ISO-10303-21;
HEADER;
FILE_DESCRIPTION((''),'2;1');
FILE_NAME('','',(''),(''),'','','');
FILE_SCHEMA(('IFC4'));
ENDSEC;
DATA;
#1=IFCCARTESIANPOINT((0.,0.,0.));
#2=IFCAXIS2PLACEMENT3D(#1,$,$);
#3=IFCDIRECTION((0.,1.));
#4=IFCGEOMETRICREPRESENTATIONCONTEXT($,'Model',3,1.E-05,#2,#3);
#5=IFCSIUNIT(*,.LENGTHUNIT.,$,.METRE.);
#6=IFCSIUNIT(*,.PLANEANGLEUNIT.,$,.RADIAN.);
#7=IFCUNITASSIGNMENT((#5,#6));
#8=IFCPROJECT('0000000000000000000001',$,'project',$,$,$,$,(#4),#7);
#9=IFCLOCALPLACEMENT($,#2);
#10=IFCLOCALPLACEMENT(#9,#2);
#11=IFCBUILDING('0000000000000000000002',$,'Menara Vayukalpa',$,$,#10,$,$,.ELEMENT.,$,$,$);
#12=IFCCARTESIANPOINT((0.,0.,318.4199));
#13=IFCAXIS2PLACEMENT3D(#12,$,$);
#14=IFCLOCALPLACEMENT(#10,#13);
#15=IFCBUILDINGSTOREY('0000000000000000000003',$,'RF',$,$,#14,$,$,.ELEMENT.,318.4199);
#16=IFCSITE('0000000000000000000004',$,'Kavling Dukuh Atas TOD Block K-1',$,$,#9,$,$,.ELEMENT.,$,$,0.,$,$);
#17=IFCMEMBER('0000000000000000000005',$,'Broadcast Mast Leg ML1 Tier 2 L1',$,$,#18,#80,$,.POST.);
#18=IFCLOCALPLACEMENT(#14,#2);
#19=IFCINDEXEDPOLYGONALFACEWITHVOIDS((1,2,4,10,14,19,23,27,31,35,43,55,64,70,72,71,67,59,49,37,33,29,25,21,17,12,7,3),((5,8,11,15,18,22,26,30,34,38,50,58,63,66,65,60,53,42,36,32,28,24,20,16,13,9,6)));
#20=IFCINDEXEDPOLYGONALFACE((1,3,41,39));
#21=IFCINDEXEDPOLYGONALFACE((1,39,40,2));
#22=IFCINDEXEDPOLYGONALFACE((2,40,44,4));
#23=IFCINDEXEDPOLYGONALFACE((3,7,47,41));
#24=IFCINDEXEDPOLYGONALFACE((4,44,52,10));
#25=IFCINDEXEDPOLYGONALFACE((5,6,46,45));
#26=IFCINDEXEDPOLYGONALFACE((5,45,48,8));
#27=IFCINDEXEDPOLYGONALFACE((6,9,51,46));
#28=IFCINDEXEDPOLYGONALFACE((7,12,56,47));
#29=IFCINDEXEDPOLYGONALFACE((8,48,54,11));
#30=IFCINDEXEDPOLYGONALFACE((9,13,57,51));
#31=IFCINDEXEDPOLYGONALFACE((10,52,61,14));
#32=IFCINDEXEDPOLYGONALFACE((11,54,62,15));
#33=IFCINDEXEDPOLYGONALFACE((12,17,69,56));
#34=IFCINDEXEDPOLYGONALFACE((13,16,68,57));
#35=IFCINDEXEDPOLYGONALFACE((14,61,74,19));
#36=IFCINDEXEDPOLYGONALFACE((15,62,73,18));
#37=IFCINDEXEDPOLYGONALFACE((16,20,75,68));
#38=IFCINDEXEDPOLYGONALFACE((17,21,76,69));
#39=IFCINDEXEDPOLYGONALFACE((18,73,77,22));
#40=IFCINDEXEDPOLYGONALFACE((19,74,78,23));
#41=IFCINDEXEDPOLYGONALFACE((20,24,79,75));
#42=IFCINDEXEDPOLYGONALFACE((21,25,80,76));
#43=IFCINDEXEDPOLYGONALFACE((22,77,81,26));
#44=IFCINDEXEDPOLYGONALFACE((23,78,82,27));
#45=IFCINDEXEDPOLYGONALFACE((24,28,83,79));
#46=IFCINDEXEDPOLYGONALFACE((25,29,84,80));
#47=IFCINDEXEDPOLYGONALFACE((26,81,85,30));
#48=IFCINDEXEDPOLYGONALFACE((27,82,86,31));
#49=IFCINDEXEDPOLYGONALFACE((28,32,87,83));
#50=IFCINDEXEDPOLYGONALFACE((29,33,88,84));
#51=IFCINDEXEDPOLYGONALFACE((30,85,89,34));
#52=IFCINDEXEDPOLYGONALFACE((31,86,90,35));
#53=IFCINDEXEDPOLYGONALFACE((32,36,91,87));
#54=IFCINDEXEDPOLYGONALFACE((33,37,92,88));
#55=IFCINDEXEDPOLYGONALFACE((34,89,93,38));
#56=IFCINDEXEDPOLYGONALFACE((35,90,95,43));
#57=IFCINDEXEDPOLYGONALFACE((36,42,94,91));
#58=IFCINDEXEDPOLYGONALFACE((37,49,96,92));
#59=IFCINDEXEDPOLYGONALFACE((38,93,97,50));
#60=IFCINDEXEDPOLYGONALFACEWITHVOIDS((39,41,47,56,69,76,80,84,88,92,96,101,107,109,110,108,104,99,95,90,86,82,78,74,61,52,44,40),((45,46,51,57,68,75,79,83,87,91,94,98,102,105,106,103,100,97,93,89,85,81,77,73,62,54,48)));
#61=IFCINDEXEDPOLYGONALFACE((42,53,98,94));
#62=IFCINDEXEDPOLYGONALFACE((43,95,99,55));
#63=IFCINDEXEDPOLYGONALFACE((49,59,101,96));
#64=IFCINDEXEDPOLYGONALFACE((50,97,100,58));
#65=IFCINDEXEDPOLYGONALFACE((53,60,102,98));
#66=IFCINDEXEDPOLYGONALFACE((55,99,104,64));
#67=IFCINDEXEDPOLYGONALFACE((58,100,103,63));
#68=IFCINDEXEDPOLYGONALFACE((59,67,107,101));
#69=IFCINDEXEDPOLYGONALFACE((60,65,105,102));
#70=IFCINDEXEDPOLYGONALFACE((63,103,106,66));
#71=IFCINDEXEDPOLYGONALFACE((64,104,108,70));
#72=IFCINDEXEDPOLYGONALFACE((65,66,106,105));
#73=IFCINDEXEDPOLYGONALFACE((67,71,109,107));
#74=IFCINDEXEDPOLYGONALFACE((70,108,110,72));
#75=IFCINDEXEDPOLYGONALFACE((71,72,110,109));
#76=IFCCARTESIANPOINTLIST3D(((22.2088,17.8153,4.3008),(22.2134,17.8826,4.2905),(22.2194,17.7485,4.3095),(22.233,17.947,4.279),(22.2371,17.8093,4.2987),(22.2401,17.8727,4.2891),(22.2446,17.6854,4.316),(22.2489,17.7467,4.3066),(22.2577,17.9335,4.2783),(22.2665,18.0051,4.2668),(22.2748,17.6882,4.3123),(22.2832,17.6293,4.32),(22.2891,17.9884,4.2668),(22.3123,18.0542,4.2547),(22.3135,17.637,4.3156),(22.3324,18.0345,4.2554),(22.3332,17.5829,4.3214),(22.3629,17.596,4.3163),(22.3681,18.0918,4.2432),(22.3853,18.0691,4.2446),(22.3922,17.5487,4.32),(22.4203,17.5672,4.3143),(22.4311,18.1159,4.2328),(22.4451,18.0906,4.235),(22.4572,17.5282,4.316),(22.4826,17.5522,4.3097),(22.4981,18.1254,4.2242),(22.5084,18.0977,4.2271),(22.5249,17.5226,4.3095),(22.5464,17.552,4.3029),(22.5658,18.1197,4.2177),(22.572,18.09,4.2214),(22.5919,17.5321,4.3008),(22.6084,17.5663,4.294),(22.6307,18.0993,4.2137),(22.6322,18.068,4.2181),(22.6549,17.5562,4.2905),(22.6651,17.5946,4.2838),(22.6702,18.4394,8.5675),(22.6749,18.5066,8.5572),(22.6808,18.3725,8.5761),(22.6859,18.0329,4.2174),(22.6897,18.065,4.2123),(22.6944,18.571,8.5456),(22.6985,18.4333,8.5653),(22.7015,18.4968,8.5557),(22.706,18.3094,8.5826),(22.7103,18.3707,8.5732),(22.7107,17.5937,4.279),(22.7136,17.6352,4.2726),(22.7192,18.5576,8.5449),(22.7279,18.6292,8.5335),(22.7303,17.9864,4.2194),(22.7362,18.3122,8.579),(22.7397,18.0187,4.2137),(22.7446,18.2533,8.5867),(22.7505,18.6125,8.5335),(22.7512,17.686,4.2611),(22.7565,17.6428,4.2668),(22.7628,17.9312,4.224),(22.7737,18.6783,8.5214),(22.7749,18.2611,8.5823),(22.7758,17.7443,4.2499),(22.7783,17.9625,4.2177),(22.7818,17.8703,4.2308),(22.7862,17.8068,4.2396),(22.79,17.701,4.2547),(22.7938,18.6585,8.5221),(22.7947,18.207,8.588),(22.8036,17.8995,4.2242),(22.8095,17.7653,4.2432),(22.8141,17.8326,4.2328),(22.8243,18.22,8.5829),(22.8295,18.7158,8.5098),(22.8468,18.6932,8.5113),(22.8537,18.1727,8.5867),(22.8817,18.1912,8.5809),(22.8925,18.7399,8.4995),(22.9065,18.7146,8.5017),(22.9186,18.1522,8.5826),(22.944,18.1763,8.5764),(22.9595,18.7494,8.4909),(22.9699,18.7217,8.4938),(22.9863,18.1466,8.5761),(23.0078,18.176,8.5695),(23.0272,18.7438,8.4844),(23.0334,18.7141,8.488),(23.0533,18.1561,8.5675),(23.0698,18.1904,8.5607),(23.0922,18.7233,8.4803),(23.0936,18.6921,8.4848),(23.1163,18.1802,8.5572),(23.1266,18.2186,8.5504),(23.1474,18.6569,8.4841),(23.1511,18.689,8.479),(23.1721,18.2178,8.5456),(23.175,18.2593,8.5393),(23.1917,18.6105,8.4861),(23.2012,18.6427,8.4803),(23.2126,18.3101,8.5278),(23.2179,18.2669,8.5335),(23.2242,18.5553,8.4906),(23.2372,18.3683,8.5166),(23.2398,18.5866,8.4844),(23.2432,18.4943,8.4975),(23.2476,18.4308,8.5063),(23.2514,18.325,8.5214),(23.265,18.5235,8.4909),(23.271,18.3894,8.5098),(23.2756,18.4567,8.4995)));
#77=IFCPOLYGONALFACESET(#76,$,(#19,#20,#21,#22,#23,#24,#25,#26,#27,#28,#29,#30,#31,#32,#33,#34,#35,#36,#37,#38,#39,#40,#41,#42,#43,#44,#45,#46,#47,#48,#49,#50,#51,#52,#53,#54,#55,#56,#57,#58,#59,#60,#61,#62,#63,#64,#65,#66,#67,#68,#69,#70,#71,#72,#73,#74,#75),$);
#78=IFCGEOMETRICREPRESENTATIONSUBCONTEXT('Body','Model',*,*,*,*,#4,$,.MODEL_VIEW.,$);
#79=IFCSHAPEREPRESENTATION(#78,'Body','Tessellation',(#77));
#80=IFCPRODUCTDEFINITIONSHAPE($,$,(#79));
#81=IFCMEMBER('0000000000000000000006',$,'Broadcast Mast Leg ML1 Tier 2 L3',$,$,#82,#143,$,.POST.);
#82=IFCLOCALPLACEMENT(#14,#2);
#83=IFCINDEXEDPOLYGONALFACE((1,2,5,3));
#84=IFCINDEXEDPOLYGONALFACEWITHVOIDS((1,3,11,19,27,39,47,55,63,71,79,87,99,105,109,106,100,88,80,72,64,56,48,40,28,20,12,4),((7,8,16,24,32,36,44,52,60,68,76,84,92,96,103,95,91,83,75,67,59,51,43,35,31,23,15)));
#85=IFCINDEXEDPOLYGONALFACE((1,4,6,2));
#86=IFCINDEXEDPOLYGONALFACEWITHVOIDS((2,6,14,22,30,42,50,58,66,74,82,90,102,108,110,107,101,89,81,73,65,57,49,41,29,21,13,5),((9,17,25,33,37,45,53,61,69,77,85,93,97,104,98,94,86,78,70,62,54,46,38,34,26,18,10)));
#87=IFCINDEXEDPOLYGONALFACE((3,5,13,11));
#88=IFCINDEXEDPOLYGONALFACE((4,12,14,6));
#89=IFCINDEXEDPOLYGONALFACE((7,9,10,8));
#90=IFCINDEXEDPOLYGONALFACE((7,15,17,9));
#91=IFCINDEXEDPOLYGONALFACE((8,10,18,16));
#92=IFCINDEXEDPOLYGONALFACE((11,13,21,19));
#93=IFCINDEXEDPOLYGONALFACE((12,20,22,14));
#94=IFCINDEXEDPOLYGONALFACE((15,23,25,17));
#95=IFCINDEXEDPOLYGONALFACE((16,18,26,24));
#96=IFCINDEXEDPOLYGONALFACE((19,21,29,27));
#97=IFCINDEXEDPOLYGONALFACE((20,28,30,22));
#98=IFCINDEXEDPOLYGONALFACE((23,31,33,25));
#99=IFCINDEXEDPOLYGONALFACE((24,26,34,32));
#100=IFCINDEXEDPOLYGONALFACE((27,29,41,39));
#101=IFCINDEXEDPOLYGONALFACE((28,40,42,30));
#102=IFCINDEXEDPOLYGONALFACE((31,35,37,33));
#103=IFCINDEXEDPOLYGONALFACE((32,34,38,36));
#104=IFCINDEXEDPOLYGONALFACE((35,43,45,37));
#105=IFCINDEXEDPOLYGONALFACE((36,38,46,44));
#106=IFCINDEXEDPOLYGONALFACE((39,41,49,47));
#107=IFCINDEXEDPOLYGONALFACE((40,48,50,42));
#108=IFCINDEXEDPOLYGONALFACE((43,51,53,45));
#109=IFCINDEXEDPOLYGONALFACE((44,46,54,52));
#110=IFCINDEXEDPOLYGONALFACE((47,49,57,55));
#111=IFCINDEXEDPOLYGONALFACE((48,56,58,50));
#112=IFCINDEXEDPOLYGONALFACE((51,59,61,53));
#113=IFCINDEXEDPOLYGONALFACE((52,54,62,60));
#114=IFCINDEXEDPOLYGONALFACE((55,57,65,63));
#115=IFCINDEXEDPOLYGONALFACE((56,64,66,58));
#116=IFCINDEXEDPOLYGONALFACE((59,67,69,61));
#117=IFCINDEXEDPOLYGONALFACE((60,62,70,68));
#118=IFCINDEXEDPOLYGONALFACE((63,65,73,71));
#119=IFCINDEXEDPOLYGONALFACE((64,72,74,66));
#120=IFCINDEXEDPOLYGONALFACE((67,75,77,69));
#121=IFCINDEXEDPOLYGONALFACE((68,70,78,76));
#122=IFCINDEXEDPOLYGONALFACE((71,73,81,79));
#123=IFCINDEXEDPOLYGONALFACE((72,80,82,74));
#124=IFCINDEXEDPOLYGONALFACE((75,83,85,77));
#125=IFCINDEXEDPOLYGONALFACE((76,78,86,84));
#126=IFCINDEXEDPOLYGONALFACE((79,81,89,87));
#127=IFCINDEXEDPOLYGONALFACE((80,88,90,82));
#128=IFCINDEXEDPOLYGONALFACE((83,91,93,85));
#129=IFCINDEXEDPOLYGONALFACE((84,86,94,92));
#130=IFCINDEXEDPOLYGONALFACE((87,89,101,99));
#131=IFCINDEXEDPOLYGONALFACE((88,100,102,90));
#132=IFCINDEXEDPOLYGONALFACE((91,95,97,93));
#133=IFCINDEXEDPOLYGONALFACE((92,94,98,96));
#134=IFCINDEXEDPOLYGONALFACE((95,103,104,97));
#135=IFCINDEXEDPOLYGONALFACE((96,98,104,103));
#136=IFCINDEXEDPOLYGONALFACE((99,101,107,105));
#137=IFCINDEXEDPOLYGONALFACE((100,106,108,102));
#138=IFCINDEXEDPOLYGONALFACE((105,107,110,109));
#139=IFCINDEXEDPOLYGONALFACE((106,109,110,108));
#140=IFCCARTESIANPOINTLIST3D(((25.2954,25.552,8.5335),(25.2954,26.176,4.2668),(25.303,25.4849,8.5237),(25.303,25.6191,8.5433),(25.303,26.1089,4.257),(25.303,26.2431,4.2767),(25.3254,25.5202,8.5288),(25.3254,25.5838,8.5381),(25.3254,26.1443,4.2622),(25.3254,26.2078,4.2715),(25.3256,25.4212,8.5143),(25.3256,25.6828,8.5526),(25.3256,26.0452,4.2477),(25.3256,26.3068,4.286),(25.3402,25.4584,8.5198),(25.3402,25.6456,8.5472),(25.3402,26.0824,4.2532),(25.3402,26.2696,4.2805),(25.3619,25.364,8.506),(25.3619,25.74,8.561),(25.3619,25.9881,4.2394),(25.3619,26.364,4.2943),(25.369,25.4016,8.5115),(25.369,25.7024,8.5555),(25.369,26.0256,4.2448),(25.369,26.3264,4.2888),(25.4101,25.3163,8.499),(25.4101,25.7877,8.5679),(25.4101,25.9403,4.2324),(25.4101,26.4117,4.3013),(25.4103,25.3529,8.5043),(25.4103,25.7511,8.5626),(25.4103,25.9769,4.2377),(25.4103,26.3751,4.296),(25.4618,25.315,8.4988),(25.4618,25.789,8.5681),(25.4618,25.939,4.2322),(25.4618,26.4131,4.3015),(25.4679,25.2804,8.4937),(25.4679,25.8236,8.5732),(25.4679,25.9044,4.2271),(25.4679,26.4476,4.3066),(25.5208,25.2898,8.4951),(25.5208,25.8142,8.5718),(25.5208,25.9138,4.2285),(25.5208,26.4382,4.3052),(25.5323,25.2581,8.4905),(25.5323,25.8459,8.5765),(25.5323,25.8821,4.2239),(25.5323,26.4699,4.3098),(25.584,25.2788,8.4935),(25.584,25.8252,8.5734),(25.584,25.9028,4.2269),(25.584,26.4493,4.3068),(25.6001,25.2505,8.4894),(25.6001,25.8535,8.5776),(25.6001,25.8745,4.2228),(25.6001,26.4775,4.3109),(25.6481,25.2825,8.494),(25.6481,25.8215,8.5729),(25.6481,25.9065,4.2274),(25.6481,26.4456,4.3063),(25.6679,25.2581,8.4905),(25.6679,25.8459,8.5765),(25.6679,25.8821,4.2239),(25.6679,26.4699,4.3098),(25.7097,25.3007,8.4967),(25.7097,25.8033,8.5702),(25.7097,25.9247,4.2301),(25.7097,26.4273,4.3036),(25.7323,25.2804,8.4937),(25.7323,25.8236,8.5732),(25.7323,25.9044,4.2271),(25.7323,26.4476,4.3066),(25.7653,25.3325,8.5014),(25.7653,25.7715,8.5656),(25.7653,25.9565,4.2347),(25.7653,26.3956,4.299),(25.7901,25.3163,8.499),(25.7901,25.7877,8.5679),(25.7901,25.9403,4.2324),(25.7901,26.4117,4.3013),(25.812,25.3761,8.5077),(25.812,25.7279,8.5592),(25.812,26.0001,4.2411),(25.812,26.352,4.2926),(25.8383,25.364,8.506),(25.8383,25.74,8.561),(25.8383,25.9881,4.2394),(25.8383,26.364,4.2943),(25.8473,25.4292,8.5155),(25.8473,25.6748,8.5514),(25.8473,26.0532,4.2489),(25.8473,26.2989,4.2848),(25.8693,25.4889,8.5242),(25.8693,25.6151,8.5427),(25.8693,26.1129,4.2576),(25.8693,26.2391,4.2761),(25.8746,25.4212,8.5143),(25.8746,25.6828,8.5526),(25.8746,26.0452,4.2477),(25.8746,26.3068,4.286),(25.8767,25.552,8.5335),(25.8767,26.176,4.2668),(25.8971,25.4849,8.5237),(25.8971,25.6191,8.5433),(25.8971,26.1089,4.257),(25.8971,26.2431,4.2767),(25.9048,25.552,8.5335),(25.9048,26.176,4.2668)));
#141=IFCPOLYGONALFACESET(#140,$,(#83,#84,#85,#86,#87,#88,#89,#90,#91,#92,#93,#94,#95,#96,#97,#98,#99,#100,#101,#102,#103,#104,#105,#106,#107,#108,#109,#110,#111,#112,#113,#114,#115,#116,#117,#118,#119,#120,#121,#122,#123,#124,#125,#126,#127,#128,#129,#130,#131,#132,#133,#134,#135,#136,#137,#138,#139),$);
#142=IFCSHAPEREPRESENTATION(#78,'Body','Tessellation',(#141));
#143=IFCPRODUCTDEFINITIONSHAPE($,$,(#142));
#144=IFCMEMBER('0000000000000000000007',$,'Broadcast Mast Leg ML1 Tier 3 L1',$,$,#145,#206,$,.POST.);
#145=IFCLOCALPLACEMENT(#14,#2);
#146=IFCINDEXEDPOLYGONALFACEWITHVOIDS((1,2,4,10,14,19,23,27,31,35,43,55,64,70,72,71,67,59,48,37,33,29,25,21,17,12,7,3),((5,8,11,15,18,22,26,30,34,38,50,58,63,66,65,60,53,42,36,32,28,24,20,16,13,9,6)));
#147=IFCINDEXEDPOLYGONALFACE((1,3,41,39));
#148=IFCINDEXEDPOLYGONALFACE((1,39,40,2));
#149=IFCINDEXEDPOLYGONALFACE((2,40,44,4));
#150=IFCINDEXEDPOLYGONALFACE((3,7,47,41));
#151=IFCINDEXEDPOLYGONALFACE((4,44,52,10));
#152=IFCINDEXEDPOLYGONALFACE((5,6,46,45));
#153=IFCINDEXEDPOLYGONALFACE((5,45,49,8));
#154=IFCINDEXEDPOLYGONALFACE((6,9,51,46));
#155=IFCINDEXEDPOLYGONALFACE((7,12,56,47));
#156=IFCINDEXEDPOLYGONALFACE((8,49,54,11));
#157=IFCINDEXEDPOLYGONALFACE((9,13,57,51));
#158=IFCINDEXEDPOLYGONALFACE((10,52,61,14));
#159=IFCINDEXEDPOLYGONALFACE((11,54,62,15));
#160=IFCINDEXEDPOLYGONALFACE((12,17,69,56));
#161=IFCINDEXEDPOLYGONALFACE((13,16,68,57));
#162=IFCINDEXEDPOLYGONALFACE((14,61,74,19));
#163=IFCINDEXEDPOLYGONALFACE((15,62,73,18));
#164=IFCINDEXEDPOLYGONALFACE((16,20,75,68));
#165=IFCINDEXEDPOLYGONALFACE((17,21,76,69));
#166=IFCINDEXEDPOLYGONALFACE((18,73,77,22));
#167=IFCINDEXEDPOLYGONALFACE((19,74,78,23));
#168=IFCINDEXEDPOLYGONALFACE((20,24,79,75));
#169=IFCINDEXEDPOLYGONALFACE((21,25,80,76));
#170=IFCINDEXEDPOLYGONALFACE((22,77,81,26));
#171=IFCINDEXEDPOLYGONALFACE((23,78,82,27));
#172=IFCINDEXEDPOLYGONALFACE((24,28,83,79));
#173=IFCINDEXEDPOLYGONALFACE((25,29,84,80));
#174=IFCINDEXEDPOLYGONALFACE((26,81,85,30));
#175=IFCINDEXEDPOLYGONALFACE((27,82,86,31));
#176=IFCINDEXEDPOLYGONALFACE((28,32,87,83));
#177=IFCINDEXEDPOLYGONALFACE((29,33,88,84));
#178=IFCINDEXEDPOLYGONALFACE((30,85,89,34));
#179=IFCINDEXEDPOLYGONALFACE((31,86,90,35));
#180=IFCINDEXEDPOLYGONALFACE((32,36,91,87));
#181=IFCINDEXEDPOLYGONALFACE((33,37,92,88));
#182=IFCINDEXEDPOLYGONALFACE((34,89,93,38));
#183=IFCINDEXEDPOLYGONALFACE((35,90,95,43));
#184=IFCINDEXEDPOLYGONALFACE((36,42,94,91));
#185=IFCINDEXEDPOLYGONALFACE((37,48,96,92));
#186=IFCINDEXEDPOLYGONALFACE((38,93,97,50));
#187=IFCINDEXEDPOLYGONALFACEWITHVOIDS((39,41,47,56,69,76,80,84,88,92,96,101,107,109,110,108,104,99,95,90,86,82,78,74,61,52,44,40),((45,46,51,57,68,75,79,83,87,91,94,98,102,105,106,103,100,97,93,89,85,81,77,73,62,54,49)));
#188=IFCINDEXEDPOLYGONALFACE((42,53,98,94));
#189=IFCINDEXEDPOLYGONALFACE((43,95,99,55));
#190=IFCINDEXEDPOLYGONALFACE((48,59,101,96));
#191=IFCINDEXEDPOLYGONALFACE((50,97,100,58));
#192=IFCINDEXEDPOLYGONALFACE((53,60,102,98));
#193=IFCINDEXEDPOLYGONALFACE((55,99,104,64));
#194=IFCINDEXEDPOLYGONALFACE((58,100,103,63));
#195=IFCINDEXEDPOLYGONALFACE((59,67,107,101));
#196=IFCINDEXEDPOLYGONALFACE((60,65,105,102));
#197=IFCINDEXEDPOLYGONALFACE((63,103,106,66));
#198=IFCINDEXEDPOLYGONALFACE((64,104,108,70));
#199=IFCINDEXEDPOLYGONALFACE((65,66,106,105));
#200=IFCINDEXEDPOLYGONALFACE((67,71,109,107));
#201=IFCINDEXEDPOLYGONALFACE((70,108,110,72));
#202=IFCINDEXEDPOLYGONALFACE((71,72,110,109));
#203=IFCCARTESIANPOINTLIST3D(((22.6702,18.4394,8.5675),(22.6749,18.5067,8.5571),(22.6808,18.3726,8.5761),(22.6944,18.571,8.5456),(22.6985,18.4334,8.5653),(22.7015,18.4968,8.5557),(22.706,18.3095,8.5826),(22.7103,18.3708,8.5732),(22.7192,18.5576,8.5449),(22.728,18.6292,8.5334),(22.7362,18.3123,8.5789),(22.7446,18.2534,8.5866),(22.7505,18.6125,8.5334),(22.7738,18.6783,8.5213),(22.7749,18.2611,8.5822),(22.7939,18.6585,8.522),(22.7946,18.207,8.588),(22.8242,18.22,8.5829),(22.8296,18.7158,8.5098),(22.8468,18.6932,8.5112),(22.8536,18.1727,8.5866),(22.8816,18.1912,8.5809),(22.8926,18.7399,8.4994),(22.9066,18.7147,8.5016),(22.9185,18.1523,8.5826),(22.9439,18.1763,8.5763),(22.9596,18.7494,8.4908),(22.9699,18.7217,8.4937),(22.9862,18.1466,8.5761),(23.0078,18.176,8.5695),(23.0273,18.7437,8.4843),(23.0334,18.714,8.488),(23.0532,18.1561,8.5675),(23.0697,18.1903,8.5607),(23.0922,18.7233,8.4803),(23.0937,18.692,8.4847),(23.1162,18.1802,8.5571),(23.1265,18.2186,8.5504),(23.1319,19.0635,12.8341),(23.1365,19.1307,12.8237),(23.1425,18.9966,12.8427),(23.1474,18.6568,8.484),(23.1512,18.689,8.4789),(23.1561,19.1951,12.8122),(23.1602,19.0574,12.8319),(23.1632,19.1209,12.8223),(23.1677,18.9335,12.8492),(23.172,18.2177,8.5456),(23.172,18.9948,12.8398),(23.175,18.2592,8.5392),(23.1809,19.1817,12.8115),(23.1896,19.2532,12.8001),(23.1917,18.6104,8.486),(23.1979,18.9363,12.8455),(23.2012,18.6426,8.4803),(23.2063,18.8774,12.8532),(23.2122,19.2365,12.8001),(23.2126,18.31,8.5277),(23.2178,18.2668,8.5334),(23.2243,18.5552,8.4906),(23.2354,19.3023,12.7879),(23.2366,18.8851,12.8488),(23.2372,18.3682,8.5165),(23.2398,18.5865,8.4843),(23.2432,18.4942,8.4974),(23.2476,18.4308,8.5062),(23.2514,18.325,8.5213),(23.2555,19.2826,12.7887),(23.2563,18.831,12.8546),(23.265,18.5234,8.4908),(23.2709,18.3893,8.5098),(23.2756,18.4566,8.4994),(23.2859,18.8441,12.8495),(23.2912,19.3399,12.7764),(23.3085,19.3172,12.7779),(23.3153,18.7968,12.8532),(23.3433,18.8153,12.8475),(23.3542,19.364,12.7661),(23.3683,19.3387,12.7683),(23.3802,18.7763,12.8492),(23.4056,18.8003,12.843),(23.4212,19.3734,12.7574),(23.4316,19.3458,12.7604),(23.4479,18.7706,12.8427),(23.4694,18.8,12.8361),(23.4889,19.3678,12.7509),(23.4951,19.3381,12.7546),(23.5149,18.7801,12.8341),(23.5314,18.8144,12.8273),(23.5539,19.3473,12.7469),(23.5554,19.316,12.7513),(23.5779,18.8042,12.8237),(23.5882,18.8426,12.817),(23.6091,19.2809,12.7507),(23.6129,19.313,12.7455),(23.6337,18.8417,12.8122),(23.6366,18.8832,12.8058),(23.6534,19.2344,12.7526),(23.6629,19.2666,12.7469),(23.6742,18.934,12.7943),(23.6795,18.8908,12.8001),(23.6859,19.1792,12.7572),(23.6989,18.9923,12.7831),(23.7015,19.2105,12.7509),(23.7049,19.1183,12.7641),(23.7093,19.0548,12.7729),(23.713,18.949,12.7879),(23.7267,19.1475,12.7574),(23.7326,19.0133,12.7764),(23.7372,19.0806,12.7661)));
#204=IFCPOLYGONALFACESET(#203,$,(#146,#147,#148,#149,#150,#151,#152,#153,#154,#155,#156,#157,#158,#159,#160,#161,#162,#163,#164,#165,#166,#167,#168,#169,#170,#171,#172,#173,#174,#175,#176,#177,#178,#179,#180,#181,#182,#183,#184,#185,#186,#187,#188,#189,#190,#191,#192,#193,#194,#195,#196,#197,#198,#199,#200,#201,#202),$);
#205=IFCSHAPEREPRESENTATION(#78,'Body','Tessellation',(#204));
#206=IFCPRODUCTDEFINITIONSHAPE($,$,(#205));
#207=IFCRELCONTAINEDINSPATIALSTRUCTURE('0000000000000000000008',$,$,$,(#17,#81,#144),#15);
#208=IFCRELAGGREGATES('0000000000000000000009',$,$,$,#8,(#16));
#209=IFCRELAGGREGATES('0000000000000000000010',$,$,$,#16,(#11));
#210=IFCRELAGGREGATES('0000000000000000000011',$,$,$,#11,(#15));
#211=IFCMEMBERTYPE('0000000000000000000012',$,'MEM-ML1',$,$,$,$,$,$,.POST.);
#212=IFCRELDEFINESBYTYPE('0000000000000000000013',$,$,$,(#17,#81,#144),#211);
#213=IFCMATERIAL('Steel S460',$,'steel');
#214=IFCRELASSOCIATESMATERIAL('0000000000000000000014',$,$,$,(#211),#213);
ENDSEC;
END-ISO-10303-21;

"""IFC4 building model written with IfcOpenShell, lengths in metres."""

from ifc_helpers import new_model, si_unit, direction, frame, origin, origin_2d, place, context, subcontext, project, spatial, hollow_circle, extrude, material, material_profile, profile_set, type_object, element, save


model = new_model("IFC4")

# Units and contexts
model_context = context("Model", 3, precision=1e-05, world=origin(), true_north=direction((0.0, 1.0)))
body_context = subcontext(model_context, "Body", "Model", "MODEL_VIEW")
ifc_project = project(units=[si_unit("LENGTHUNIT", "METRE"), si_unit("PLANEANGLEUNIT", "RADIAN")], contexts=[model_context])

# Site, building, storey
site_placement = place(None, origin())
site = spatial("IfcSite", under=ifc_project, at=site_placement, Name="Kavling Dukuh Atas TOD Block K-1", CompositionType="ELEMENT", RefElevation=0.0)
building_placement = place(site_placement, origin())
building = spatial("IfcBuilding", under=site, at=building_placement, Name="Menara Vayukalpa", CompositionType="ELEMENT")
storey_placement = place(building_placement, frame((0.0, 0.0, 318.4199)))
storey = spatial("IfcBuildingStorey", under=building, at=storey_placement, Name="RF", CompositionType="ELEMENT", Elevation=318.4199)

# Members
ifc_material_1 = material(Name="Steel S460", Category="steel")
ifc_material_profile_1 = material_profile(ifc_material_1, hollow_circle(Radius=0.3047, WallThickness=0.0281, at=origin_2d()), Name="CHS 609.6x28")
ifc_profile_set_1 = profile_set([ifc_material_profile_1], Name="Steel S460")
member_type_1 = type_object("IfcMemberType", Name="MEM-ML1", PredefinedType="POST", material=ifc_profile_set_1)
member_1_placement = place(storey_placement, frame((22.5115, 17.824, 4.2668), z_axis=(0.106402, 0.143897, 0.983856), x_axis=(-0.804058, 0.59455, 0.0)))
element("IfcMember", 1, at=member_1_placement, inside=storey, type_object=member_type_1, Name="Broadcast Mast Leg ML1 Tier 2 L1", PredefinedType="POST", context=body_context, shape_type="SweptSolid", body=[
    extrude(hollow_circle(Radius=0.3047, WallThickness=0.0281, at=origin_2d()), origin(), (0.0, 0.0, 1.0), 4.3367),
])
member_2_placement = place(storey_placement, frame((25.6001, 26.176, 4.2668), z_axis=(0.0, -0.144718, 0.989473), x_axis=(1.0, 0.0, 0.0)))
element("IfcMember", 2, at=member_2_placement, inside=storey, type_object=member_type_1, Name="Broadcast Mast Leg ML1 Tier 2 L3", PredefinedType="POST", context=body_context, shape_type="SweptSolid", body=[
    extrude(hollow_circle(Radius=0.3047, WallThickness=0.0281, at=origin_2d()), origin(), (0.0, 0.0, 1.0), 4.312),
])
member_3_placement = place(storey_placement, frame((22.9729, 18.448, 8.5334), z_axis=(0.106458, 0.143896, 0.98385), x_axis=(-0.803908, 0.594754, 0.0)))
element("IfcMember", 3, at=member_3_placement, inside=storey, type_object=member_type_1, Name="Broadcast Mast Leg ML1 Tier 3 L1", PredefinedType="POST", context=body_context, shape_type="SweptSolid", body=[
    extrude(hollow_circle(Radius=0.3047, WallThickness=0.0281, at=origin_2d()), origin(), (0.0, 0.0, 1.0), 4.3367),
])

save(model, "model.ifc")
